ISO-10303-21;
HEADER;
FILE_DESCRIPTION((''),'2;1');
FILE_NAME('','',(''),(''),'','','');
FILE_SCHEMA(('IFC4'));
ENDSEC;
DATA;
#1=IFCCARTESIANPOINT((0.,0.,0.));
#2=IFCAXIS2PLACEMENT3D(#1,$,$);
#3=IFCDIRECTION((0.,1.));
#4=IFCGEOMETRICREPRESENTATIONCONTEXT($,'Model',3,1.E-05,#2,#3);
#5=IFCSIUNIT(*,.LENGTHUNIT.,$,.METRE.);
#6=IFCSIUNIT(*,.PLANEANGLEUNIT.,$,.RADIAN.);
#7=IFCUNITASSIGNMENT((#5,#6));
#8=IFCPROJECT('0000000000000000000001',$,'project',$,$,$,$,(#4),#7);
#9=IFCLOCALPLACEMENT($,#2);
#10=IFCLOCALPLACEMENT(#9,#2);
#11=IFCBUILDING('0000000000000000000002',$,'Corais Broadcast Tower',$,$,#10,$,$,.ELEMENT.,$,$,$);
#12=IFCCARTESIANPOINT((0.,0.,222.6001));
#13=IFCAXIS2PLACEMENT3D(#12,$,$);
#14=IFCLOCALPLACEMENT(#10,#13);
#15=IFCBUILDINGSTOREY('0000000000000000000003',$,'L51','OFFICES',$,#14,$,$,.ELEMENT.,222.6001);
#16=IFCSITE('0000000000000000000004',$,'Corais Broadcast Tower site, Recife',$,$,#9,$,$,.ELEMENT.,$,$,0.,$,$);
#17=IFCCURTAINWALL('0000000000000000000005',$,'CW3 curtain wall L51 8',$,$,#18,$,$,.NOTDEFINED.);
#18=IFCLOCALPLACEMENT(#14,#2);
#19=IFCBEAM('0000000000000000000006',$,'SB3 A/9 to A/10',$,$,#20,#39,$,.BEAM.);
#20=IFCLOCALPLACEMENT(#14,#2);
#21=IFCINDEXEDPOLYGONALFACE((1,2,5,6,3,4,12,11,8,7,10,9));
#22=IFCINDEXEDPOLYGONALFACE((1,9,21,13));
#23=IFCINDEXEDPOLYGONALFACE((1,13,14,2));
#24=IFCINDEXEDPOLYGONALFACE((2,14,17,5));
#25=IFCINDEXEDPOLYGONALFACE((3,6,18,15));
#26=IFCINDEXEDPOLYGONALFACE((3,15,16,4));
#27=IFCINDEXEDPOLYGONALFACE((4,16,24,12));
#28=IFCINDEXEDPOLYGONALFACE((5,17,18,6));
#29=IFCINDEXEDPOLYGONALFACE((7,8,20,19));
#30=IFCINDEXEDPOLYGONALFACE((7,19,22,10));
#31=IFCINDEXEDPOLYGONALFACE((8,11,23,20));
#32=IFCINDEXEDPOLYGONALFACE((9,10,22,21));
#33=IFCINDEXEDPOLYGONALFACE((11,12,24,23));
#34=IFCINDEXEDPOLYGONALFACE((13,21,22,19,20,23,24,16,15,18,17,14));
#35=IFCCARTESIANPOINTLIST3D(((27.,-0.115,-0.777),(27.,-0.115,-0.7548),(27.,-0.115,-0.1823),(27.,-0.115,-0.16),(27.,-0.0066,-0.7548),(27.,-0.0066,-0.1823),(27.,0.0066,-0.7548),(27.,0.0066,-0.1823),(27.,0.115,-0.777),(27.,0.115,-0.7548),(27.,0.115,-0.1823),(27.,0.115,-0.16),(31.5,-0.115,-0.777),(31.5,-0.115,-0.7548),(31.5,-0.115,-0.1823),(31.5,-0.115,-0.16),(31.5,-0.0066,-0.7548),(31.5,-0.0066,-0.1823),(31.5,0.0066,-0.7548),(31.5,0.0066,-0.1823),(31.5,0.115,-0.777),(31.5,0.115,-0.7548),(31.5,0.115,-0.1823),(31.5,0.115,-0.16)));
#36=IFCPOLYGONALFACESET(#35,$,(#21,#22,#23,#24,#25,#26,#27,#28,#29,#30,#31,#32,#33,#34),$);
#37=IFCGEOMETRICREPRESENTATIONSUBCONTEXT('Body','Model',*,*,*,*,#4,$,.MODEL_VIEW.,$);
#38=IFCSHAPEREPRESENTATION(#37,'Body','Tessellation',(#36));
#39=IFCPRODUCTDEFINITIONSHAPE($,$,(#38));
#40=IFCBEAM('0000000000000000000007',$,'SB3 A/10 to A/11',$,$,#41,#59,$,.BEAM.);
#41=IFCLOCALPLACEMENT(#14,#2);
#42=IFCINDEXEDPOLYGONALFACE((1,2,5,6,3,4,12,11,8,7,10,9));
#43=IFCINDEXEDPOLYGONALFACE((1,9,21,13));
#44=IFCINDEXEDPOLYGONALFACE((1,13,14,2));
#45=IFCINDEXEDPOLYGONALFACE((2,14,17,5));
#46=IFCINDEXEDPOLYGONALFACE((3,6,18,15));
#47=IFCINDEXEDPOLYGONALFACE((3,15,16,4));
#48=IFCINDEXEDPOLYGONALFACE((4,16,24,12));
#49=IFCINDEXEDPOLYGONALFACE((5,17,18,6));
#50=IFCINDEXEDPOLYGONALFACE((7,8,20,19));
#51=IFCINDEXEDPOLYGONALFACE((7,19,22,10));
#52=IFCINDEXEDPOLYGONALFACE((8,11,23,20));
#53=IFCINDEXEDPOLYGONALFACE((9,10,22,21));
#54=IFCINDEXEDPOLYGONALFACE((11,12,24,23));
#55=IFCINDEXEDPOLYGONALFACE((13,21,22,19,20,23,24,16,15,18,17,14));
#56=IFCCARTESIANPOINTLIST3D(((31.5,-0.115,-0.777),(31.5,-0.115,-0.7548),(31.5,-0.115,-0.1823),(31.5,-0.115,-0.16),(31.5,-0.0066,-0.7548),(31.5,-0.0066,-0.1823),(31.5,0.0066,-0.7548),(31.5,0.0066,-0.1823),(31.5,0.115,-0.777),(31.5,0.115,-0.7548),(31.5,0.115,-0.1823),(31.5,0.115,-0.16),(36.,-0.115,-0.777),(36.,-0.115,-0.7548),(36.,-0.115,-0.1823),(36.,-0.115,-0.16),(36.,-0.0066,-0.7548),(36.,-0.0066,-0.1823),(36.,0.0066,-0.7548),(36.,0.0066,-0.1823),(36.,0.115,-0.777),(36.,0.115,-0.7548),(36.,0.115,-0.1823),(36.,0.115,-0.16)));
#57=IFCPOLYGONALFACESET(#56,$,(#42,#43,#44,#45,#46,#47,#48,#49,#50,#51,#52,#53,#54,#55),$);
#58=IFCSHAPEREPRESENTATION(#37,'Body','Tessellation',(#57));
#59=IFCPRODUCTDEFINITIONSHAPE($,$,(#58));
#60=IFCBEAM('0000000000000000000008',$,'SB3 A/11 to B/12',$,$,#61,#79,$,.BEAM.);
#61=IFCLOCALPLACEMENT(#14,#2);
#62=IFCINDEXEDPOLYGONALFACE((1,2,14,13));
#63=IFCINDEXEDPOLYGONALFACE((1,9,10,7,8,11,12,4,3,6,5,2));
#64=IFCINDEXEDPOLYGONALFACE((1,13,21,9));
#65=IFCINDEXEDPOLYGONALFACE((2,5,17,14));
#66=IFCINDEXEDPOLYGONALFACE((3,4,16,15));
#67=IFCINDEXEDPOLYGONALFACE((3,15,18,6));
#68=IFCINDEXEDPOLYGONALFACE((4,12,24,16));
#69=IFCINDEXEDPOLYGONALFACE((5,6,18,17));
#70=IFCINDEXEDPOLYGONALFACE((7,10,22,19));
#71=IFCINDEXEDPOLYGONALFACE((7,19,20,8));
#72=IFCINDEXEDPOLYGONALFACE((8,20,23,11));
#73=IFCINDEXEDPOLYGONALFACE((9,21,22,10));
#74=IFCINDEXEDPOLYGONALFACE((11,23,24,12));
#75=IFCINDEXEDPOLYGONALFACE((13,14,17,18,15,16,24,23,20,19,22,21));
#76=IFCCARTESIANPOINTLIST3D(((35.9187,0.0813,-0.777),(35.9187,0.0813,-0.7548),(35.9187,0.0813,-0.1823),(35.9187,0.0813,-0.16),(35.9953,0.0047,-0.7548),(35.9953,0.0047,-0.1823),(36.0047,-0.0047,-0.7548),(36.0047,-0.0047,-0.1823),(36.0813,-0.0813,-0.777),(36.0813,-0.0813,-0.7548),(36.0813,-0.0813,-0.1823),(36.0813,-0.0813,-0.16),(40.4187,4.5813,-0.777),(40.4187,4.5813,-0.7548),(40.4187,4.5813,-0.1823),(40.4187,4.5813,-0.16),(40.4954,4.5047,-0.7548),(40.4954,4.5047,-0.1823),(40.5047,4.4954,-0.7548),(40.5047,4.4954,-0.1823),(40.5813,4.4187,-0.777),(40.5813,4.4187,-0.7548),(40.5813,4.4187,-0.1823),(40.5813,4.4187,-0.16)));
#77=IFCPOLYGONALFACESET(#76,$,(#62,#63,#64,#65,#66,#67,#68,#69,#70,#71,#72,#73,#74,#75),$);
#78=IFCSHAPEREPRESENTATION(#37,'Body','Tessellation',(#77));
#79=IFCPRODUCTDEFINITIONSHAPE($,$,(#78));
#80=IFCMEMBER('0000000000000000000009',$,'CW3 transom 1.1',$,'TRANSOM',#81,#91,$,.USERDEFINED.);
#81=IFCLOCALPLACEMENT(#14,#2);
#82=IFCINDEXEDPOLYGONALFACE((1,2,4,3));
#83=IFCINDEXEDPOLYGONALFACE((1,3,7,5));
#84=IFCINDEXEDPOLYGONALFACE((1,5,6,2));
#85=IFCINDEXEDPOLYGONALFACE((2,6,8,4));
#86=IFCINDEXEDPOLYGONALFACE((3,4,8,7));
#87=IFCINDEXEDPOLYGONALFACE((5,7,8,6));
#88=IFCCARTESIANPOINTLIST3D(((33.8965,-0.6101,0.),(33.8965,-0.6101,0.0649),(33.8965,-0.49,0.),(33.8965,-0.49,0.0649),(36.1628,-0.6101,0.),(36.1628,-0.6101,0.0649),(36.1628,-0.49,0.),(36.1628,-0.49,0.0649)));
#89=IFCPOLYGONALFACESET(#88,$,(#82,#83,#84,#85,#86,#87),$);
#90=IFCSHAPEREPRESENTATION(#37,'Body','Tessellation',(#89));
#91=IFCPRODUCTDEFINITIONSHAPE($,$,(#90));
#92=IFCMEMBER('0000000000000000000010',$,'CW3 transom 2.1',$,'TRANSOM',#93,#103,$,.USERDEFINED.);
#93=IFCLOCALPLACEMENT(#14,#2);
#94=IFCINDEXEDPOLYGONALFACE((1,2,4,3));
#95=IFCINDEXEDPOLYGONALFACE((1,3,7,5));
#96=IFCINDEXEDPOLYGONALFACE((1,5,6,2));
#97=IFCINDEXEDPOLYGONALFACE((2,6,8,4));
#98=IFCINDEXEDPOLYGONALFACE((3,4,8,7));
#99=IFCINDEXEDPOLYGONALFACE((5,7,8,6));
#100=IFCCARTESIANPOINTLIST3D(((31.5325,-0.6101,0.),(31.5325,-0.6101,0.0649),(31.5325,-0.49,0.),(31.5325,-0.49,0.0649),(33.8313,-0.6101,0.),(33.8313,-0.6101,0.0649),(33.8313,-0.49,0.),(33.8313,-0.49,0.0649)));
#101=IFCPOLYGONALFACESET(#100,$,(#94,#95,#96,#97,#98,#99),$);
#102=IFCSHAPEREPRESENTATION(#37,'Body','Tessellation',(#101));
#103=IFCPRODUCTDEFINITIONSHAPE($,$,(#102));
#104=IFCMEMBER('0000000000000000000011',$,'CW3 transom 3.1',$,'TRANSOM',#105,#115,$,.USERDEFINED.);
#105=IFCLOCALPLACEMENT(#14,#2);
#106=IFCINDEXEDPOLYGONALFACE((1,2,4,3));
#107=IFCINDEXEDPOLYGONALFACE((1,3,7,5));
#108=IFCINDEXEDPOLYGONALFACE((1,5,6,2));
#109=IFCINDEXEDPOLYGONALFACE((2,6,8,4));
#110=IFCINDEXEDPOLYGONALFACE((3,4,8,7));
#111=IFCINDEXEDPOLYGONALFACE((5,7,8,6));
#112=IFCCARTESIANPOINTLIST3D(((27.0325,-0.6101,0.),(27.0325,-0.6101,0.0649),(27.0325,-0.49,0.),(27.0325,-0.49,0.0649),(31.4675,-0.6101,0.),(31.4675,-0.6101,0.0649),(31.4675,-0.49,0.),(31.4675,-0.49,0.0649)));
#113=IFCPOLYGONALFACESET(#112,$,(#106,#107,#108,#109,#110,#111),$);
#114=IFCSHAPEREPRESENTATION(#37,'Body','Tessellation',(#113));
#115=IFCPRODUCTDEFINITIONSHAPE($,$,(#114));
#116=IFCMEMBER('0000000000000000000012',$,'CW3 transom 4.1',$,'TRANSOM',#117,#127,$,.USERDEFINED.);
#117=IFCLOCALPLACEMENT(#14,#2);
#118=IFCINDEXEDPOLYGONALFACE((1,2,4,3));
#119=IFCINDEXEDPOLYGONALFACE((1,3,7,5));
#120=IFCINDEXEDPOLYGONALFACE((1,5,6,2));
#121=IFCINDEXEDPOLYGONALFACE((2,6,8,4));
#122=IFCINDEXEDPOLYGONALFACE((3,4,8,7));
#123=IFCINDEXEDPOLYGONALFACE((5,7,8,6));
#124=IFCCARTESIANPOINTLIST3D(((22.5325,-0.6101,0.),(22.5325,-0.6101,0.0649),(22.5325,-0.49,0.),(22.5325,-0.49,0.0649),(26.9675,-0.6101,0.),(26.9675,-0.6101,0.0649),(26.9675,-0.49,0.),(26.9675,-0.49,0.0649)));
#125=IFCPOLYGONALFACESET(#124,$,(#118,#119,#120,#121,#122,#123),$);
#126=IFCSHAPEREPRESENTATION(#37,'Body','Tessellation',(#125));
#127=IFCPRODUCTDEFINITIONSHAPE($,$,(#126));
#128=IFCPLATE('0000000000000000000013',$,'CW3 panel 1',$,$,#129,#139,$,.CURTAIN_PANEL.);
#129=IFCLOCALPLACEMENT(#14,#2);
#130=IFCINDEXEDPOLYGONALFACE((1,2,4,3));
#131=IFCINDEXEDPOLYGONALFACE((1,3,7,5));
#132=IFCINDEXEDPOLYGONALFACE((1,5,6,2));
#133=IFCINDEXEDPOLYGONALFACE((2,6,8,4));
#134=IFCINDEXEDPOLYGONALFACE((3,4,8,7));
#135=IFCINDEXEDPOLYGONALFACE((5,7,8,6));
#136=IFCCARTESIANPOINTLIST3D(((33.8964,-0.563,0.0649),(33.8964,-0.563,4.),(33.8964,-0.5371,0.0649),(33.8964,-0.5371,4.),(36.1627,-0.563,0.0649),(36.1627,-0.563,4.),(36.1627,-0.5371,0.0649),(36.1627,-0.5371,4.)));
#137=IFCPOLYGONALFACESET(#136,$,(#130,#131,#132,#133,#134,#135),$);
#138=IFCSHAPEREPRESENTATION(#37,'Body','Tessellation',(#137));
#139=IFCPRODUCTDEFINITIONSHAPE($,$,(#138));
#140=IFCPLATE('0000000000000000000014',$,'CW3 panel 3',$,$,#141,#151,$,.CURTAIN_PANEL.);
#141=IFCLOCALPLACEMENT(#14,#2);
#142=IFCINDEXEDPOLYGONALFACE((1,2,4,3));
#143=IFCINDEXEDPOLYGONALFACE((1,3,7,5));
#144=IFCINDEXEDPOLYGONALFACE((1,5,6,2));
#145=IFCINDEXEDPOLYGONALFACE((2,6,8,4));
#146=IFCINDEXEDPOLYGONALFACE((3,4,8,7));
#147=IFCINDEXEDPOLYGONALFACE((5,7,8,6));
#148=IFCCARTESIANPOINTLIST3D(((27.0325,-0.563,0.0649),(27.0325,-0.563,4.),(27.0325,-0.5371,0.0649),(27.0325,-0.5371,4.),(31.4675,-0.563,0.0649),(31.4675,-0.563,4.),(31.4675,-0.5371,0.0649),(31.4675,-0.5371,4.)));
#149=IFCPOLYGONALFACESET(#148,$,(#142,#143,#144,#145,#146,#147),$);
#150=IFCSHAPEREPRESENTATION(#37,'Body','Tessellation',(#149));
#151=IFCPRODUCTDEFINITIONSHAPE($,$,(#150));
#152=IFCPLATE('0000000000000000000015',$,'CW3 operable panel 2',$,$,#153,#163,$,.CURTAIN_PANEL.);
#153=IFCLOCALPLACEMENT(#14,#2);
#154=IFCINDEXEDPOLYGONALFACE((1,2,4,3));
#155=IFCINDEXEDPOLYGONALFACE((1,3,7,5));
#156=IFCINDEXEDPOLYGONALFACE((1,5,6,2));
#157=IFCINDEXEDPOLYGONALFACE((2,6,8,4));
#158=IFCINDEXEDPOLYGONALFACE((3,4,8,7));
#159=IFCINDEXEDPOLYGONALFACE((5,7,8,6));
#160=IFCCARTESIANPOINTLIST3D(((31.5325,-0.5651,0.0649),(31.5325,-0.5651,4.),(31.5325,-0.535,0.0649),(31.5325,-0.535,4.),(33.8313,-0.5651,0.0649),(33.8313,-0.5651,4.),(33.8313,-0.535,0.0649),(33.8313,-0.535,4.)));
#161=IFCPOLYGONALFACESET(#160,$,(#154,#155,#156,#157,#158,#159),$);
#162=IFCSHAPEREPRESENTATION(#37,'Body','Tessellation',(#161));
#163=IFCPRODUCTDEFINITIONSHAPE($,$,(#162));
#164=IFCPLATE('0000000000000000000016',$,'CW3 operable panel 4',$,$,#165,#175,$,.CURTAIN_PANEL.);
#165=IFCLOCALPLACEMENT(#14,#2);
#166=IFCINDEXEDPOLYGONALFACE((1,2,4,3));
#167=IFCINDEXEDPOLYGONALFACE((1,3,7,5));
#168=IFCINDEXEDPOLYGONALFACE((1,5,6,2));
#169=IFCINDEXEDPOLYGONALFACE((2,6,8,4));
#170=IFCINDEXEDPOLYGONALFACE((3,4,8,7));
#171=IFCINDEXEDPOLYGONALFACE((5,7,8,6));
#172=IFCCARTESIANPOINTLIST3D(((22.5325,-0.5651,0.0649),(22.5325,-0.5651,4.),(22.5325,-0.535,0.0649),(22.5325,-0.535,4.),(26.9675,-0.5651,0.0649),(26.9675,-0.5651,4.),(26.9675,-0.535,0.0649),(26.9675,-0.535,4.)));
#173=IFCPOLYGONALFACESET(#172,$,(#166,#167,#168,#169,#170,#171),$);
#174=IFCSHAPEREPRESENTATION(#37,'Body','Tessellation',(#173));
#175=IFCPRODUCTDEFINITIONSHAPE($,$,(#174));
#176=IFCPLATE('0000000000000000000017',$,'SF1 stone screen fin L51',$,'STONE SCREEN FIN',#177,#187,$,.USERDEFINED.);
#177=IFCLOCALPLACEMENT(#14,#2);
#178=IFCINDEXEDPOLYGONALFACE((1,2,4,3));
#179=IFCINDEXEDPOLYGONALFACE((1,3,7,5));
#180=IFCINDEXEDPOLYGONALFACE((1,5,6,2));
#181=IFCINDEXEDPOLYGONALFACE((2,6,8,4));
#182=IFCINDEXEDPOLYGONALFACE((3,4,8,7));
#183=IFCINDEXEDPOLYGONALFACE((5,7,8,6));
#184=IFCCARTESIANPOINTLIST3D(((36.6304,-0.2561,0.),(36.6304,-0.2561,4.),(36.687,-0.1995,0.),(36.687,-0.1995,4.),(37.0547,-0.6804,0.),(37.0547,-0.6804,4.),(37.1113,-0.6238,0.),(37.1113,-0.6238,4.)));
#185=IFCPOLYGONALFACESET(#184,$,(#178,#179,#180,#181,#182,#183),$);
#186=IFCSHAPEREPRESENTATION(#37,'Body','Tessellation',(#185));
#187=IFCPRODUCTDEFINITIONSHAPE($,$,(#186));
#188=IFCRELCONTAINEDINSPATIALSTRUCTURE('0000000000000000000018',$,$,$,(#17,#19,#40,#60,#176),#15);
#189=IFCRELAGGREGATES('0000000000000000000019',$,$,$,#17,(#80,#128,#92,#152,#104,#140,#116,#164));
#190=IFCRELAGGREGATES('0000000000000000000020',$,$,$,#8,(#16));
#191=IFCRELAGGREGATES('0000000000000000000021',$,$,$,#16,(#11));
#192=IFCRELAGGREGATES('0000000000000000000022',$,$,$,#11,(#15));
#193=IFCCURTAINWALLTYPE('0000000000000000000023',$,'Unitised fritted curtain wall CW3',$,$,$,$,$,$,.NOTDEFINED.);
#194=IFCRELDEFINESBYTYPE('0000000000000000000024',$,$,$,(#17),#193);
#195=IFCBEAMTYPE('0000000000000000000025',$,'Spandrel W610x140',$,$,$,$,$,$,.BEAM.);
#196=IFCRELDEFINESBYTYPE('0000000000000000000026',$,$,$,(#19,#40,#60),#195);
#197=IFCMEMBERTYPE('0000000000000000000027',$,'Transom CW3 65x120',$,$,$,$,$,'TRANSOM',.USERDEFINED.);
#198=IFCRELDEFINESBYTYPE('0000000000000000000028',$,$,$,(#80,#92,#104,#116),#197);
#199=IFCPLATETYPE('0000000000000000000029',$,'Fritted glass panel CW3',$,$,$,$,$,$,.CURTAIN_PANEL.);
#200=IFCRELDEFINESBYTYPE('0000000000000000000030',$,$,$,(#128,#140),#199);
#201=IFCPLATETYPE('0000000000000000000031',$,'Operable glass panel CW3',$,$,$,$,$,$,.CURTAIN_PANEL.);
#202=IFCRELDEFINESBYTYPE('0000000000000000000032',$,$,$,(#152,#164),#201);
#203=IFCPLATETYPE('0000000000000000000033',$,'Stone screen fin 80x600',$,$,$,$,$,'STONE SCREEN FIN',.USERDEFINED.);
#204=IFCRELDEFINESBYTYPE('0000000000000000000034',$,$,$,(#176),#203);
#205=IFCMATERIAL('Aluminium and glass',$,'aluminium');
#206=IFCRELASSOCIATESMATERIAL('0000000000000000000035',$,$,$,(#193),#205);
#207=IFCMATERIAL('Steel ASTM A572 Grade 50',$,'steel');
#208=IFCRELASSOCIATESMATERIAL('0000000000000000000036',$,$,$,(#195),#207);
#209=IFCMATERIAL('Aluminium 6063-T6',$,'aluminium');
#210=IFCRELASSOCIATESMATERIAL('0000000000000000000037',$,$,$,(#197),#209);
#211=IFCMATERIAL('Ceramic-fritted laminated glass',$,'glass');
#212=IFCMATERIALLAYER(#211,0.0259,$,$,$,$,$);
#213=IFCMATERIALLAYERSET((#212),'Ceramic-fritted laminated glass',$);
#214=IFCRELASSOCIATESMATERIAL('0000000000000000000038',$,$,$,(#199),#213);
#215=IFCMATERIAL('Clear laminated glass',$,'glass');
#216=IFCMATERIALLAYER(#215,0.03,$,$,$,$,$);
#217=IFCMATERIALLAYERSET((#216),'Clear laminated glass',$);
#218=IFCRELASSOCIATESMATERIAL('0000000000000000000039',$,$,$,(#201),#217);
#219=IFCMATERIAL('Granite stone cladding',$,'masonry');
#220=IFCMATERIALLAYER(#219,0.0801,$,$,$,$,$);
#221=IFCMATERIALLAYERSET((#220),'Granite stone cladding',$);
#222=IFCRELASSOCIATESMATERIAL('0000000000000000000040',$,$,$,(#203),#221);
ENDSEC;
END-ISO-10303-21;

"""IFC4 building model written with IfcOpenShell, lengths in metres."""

from ifc_helpers import new_model, si_unit, direction, frame, origin, origin_2d, place, context, subcontext, project, spatial, rectangle, i_section, extrude, material, layer, layer_set, material_profile, profile_set, type_object, element, aggregate, save


model = new_model("IFC4")

# Units and contexts
model_context = context("Model", 3, precision=1e-05, world=origin(), true_north=direction((0.0, 1.0)))
body_context = subcontext(model_context, "Body", "Model", "MODEL_VIEW")
ifc_project = project(units=[si_unit("LENGTHUNIT", "METRE"), si_unit("PLANEANGLEUNIT", "RADIAN")], contexts=[model_context])

# Site, building, storey
site_placement = place(None, origin())
site = spatial("IfcSite", under=ifc_project, at=site_placement, Name="Corais Broadcast Tower site, Recife", CompositionType="ELEMENT", RefElevation=0.0)
building_placement = place(site_placement, origin())
building = spatial("IfcBuilding", under=site, at=building_placement, Name="Corais Broadcast Tower", CompositionType="ELEMENT")
storey_placement = place(building_placement, frame((0.0, 0.0, 222.6001)))
storey = spatial("IfcBuildingStorey", under=building, at=storey_placement, Name="L51", Description="OFFICES", CompositionType="ELEMENT", Elevation=222.6001)

# Shared definitions
ifc_material_1 = material(Name="Aluminium and glass", Category="aluminium")
curtain_wall_type = type_object("IfcCurtainWallType", Name="Unitised fritted curtain wall CW3", PredefinedType="NOTDEFINED", material=ifc_material_1)

# Curtain wall
curtain_wall_1_placement = place(storey_placement, origin())
curtain_wall_1 = element("IfcCurtainWall", 1, at=curtain_wall_1_placement, inside=storey, type_object=curtain_wall_type, Name="CW3 curtain wall L51 8", PredefinedType="NOTDEFINED")

# Beams
ifc_material_2 = material(Name="Steel ASTM A572 Grade 50", Category="steel")
ifc_material_profile_1 = material_profile(ifc_material_2, i_section(OverallWidth=0.23, OverallDepth=0.6169, WebThickness=0.0132, FlangeThickness=0.0222, at=origin_2d()), Name="W610x140")
ifc_profile_set_1 = profile_set([ifc_material_profile_1], Name="Steel ASTM A572 Grade 50")
beam_type_1 = type_object("IfcBeamType", Name="Spandrel W610x140", PredefinedType="BEAM", material=ifc_profile_set_1)
for number, where, z_axis, x_axis, name in (
    (2, (27.0, 0.0, -0.4685), (1.0, 0.0, 0.0), (0.0, 1.0, 0.0), "SB3 A/9 to A/10"),
    (3, (31.5, 0.0, -0.4685), (1.0, 0.0, 0.0), (0.0, 1.0, 0.0), "SB3 A/10 to A/11"),
):
    element("IfcBeam", number, at=place(storey_placement, frame(where, z_axis=z_axis, x_axis=x_axis)), inside=storey, type_object=beam_type_1, Name=name, PredefinedType="BEAM", context=body_context, shape_type="SweptSolid", body=[
        extrude(i_section(OverallWidth=0.23, OverallDepth=0.6169, WebThickness=0.0132, FlangeThickness=0.0222, at=origin_2d()), origin(), (0.0, 0.0, 1.0), 4.5),
    ])
beam_placement = place(storey_placement, frame((36.0, 0.0, -0.4685), z_axis=(0.707107, 0.707107, 0.0), x_axis=(-0.707107, 0.707107, 0.0)))
element("IfcBeam", 4, at=beam_placement, inside=storey, type_object=beam_type_1, Name="SB3 A/11 to B/12", PredefinedType="BEAM", context=body_context, shape_type="SweptSolid", body=[
    extrude(i_section(OverallWidth=0.23, OverallDepth=0.6169, WebThickness=0.0132, FlangeThickness=0.0222, at=origin_2d()), origin(), (0.0, 0.0, 1.0), 6.364),
])

# Members
ifc_material_3 = material(Name="Aluminium 6063-T6", Category="aluminium")
ifc_material_profile_2 = material_profile(ifc_material_3, rectangle(XDim=0.1201, YDim=0.0649, at=origin_2d()), Name="Transom CW3 65x120")
ifc_profile_set_2 = profile_set([ifc_material_profile_2], Name="Aluminium 6063-T6")
member_type_1 = type_object("IfcMemberType", Name="Transom CW3 65x120", ElementType="TRANSOM", PredefinedType="USERDEFINED", material=ifc_profile_set_2)
member_1_placement = place(storey_placement, frame((36.1628, -0.55, 0.0325), z_axis=(-1.0, 0.0, 0.0), x_axis=(0.0, -1.0, 0.0)))
member_1 = element("IfcMember", 5, at=member_1_placement, type_object=member_type_1, Name="CW3 transom 1.1", ObjectType="TRANSOM", PredefinedType="USERDEFINED", context=body_context, shape_type="SweptSolid", body=[
    extrude(rectangle(XDim=0.1201, YDim=0.0649, at=origin_2d()), origin(), (0.0, 0.0, 1.0), 2.2664),
])
member_2_placement = place(storey_placement, frame((33.8313, -0.55, 0.0325), z_axis=(-1.0, 0.0, 0.0), x_axis=(0.0, -1.0, 0.0)))
member_2 = element("IfcMember", 6, at=member_2_placement, type_object=member_type_1, Name="CW3 transom 2.1", ObjectType="TRANSOM", PredefinedType="USERDEFINED", context=body_context, shape_type="SweptSolid", body=[
    extrude(rectangle(XDim=0.1201, YDim=0.0649, at=origin_2d()), origin(), (0.0, 0.0, 1.0), 2.2988),
])
member_3_placement = place(storey_placement, frame((31.4675, -0.55, 0.0325), z_axis=(-1.0, 0.0, 0.0), x_axis=(0.0, -1.0, 0.0)))
member_3 = element("IfcMember", 7, at=member_3_placement, type_object=member_type_1, Name="CW3 transom 3.1", ObjectType="TRANSOM", PredefinedType="USERDEFINED", context=body_context, shape_type="SweptSolid", body=[
    extrude(rectangle(XDim=0.1201, YDim=0.0649, at=origin_2d()), origin(), (0.0, 0.0, 1.0), 4.4351),
])
member_4_placement = place(storey_placement, frame((26.9675, -0.55, 0.0325), z_axis=(-1.0, 0.0, 0.0), x_axis=(0.0, -1.0, 0.0)))
member_4 = element("IfcMember", 8, at=member_4_placement, type_object=member_type_1, Name="CW3 transom 4.1", ObjectType="TRANSOM", PredefinedType="USERDEFINED", context=body_context, shape_type="SweptSolid", body=[
    extrude(rectangle(XDim=0.1201, YDim=0.0649, at=origin_2d()), origin(), (0.0, 0.0, 1.0), 4.4351),
])

# Plates
ifc_material_4 = material(Name="Ceramic-fritted laminated glass", Category="glass")
ifc_layer_1 = layer(ifc_material_4, 0.0259)
ifc_layer_set_1 = layer_set([ifc_layer_1], Name="Ceramic-fritted laminated glass")
plate_type_1 = type_object("IfcPlateType", Name="Fritted glass panel CW3", PredefinedType="CURTAIN_PANEL", material=ifc_layer_set_1)
plate_1_placement = place(storey_placement, frame((35.0295, -0.55, 0.0649), z_axis=(0.0, 0.0, 1.0), x_axis=(-1.0, 0.0, 0.0)))
plate_1 = element("IfcPlate", 9, at=plate_1_placement, type_object=plate_type_1, Name="CW3 panel 1", PredefinedType="CURTAIN_PANEL", context=body_context, shape_type="SweptSolid", body=[
    extrude(rectangle(XDim=2.2664, YDim=0.0259, at=origin_2d()), origin(), (0.0, 0.0, 1.0), 3.9351),
])
plate_2_placement = place(storey_placement, frame((29.25, -0.55, 0.0649), z_axis=(0.0, 0.0, 1.0), x_axis=(-1.0, 0.0, 0.0)))
plate_2 = element("IfcPlate", 10, at=plate_2_placement, type_object=plate_type_1, Name="CW3 panel 3", PredefinedType="CURTAIN_PANEL", context=body_context, shape_type="SweptSolid", body=[
    extrude(rectangle(XDim=4.4351, YDim=0.0259, at=origin_2d()), origin(), (0.0, 0.0, 1.0), 3.9351),
])
ifc_material_5 = material(Name="Clear laminated glass", Category="glass")
ifc_layer_2 = layer(ifc_material_5, 0.03)
ifc_layer_set_2 = layer_set([ifc_layer_2], Name="Clear laminated glass")
plate_type_2 = type_object("IfcPlateType", Name="Operable glass panel CW3", PredefinedType="CURTAIN_PANEL", material=ifc_layer_set_2)
plate_3_placement = place(storey_placement, frame((32.6819, -0.55, 0.0649), z_axis=(0.0, 0.0, 1.0), x_axis=(-1.0, 0.0, 0.0)))
plate_3 = element("IfcPlate", 11, at=plate_3_placement, type_object=plate_type_2, Name="CW3 operable panel 2", PredefinedType="CURTAIN_PANEL", context=body_context, shape_type="SweptSolid", body=[
    extrude(rectangle(XDim=2.2988, YDim=0.03, at=origin_2d()), origin(), (0.0, 0.0, 1.0), 3.9351),
])
plate_4_placement = place(storey_placement, frame((24.75, -0.55, 0.0649), z_axis=(0.0, 0.0, 1.0), x_axis=(-1.0, 0.0, 0.0)))
plate_4 = element("IfcPlate", 12, at=plate_4_placement, type_object=plate_type_2, Name="CW3 operable panel 4", PredefinedType="CURTAIN_PANEL", context=body_context, shape_type="SweptSolid", body=[
    extrude(rectangle(XDim=4.4351, YDim=0.03, at=origin_2d()), origin(), (0.0, 0.0, 1.0), 3.9351),
])
aggregate(curtain_wall_1, [member_1, plate_1, member_2, plate_3, member_3, plate_2, member_4, plate_4])
ifc_material_6 = material(Name="Granite stone cladding", Category="masonry")
ifc_layer_3 = layer(ifc_material_6, 0.0801)
ifc_layer_set_3 = layer_set([ifc_layer_3], Name="Granite stone cladding")
plate_type_3 = type_object("IfcPlateType", Name="Stone screen fin 80x600", ElementType="STONE SCREEN FIN", PredefinedType="USERDEFINED", material=ifc_layer_set_3)
plate_5_placement = place(storey_placement, frame((36.8708, -0.4399, 0.0), z_axis=(0.0, 0.0, 1.0), x_axis=(-0.707107, -0.707107, 0.0)))
element("IfcPlate", 13, at=plate_5_placement, inside=storey, type_object=plate_type_3, Name="SF1 stone screen fin L51", ObjectType="STONE SCREEN FIN", PredefinedType="USERDEFINED", context=body_context, shape_type="SweptSolid", body=[
    extrude(rectangle(XDim=0.0801, YDim=0.6001, at=origin_2d()), origin(), (0.0, 0.0, 1.0), 4.0),
])

save(model, "model.ifc")
